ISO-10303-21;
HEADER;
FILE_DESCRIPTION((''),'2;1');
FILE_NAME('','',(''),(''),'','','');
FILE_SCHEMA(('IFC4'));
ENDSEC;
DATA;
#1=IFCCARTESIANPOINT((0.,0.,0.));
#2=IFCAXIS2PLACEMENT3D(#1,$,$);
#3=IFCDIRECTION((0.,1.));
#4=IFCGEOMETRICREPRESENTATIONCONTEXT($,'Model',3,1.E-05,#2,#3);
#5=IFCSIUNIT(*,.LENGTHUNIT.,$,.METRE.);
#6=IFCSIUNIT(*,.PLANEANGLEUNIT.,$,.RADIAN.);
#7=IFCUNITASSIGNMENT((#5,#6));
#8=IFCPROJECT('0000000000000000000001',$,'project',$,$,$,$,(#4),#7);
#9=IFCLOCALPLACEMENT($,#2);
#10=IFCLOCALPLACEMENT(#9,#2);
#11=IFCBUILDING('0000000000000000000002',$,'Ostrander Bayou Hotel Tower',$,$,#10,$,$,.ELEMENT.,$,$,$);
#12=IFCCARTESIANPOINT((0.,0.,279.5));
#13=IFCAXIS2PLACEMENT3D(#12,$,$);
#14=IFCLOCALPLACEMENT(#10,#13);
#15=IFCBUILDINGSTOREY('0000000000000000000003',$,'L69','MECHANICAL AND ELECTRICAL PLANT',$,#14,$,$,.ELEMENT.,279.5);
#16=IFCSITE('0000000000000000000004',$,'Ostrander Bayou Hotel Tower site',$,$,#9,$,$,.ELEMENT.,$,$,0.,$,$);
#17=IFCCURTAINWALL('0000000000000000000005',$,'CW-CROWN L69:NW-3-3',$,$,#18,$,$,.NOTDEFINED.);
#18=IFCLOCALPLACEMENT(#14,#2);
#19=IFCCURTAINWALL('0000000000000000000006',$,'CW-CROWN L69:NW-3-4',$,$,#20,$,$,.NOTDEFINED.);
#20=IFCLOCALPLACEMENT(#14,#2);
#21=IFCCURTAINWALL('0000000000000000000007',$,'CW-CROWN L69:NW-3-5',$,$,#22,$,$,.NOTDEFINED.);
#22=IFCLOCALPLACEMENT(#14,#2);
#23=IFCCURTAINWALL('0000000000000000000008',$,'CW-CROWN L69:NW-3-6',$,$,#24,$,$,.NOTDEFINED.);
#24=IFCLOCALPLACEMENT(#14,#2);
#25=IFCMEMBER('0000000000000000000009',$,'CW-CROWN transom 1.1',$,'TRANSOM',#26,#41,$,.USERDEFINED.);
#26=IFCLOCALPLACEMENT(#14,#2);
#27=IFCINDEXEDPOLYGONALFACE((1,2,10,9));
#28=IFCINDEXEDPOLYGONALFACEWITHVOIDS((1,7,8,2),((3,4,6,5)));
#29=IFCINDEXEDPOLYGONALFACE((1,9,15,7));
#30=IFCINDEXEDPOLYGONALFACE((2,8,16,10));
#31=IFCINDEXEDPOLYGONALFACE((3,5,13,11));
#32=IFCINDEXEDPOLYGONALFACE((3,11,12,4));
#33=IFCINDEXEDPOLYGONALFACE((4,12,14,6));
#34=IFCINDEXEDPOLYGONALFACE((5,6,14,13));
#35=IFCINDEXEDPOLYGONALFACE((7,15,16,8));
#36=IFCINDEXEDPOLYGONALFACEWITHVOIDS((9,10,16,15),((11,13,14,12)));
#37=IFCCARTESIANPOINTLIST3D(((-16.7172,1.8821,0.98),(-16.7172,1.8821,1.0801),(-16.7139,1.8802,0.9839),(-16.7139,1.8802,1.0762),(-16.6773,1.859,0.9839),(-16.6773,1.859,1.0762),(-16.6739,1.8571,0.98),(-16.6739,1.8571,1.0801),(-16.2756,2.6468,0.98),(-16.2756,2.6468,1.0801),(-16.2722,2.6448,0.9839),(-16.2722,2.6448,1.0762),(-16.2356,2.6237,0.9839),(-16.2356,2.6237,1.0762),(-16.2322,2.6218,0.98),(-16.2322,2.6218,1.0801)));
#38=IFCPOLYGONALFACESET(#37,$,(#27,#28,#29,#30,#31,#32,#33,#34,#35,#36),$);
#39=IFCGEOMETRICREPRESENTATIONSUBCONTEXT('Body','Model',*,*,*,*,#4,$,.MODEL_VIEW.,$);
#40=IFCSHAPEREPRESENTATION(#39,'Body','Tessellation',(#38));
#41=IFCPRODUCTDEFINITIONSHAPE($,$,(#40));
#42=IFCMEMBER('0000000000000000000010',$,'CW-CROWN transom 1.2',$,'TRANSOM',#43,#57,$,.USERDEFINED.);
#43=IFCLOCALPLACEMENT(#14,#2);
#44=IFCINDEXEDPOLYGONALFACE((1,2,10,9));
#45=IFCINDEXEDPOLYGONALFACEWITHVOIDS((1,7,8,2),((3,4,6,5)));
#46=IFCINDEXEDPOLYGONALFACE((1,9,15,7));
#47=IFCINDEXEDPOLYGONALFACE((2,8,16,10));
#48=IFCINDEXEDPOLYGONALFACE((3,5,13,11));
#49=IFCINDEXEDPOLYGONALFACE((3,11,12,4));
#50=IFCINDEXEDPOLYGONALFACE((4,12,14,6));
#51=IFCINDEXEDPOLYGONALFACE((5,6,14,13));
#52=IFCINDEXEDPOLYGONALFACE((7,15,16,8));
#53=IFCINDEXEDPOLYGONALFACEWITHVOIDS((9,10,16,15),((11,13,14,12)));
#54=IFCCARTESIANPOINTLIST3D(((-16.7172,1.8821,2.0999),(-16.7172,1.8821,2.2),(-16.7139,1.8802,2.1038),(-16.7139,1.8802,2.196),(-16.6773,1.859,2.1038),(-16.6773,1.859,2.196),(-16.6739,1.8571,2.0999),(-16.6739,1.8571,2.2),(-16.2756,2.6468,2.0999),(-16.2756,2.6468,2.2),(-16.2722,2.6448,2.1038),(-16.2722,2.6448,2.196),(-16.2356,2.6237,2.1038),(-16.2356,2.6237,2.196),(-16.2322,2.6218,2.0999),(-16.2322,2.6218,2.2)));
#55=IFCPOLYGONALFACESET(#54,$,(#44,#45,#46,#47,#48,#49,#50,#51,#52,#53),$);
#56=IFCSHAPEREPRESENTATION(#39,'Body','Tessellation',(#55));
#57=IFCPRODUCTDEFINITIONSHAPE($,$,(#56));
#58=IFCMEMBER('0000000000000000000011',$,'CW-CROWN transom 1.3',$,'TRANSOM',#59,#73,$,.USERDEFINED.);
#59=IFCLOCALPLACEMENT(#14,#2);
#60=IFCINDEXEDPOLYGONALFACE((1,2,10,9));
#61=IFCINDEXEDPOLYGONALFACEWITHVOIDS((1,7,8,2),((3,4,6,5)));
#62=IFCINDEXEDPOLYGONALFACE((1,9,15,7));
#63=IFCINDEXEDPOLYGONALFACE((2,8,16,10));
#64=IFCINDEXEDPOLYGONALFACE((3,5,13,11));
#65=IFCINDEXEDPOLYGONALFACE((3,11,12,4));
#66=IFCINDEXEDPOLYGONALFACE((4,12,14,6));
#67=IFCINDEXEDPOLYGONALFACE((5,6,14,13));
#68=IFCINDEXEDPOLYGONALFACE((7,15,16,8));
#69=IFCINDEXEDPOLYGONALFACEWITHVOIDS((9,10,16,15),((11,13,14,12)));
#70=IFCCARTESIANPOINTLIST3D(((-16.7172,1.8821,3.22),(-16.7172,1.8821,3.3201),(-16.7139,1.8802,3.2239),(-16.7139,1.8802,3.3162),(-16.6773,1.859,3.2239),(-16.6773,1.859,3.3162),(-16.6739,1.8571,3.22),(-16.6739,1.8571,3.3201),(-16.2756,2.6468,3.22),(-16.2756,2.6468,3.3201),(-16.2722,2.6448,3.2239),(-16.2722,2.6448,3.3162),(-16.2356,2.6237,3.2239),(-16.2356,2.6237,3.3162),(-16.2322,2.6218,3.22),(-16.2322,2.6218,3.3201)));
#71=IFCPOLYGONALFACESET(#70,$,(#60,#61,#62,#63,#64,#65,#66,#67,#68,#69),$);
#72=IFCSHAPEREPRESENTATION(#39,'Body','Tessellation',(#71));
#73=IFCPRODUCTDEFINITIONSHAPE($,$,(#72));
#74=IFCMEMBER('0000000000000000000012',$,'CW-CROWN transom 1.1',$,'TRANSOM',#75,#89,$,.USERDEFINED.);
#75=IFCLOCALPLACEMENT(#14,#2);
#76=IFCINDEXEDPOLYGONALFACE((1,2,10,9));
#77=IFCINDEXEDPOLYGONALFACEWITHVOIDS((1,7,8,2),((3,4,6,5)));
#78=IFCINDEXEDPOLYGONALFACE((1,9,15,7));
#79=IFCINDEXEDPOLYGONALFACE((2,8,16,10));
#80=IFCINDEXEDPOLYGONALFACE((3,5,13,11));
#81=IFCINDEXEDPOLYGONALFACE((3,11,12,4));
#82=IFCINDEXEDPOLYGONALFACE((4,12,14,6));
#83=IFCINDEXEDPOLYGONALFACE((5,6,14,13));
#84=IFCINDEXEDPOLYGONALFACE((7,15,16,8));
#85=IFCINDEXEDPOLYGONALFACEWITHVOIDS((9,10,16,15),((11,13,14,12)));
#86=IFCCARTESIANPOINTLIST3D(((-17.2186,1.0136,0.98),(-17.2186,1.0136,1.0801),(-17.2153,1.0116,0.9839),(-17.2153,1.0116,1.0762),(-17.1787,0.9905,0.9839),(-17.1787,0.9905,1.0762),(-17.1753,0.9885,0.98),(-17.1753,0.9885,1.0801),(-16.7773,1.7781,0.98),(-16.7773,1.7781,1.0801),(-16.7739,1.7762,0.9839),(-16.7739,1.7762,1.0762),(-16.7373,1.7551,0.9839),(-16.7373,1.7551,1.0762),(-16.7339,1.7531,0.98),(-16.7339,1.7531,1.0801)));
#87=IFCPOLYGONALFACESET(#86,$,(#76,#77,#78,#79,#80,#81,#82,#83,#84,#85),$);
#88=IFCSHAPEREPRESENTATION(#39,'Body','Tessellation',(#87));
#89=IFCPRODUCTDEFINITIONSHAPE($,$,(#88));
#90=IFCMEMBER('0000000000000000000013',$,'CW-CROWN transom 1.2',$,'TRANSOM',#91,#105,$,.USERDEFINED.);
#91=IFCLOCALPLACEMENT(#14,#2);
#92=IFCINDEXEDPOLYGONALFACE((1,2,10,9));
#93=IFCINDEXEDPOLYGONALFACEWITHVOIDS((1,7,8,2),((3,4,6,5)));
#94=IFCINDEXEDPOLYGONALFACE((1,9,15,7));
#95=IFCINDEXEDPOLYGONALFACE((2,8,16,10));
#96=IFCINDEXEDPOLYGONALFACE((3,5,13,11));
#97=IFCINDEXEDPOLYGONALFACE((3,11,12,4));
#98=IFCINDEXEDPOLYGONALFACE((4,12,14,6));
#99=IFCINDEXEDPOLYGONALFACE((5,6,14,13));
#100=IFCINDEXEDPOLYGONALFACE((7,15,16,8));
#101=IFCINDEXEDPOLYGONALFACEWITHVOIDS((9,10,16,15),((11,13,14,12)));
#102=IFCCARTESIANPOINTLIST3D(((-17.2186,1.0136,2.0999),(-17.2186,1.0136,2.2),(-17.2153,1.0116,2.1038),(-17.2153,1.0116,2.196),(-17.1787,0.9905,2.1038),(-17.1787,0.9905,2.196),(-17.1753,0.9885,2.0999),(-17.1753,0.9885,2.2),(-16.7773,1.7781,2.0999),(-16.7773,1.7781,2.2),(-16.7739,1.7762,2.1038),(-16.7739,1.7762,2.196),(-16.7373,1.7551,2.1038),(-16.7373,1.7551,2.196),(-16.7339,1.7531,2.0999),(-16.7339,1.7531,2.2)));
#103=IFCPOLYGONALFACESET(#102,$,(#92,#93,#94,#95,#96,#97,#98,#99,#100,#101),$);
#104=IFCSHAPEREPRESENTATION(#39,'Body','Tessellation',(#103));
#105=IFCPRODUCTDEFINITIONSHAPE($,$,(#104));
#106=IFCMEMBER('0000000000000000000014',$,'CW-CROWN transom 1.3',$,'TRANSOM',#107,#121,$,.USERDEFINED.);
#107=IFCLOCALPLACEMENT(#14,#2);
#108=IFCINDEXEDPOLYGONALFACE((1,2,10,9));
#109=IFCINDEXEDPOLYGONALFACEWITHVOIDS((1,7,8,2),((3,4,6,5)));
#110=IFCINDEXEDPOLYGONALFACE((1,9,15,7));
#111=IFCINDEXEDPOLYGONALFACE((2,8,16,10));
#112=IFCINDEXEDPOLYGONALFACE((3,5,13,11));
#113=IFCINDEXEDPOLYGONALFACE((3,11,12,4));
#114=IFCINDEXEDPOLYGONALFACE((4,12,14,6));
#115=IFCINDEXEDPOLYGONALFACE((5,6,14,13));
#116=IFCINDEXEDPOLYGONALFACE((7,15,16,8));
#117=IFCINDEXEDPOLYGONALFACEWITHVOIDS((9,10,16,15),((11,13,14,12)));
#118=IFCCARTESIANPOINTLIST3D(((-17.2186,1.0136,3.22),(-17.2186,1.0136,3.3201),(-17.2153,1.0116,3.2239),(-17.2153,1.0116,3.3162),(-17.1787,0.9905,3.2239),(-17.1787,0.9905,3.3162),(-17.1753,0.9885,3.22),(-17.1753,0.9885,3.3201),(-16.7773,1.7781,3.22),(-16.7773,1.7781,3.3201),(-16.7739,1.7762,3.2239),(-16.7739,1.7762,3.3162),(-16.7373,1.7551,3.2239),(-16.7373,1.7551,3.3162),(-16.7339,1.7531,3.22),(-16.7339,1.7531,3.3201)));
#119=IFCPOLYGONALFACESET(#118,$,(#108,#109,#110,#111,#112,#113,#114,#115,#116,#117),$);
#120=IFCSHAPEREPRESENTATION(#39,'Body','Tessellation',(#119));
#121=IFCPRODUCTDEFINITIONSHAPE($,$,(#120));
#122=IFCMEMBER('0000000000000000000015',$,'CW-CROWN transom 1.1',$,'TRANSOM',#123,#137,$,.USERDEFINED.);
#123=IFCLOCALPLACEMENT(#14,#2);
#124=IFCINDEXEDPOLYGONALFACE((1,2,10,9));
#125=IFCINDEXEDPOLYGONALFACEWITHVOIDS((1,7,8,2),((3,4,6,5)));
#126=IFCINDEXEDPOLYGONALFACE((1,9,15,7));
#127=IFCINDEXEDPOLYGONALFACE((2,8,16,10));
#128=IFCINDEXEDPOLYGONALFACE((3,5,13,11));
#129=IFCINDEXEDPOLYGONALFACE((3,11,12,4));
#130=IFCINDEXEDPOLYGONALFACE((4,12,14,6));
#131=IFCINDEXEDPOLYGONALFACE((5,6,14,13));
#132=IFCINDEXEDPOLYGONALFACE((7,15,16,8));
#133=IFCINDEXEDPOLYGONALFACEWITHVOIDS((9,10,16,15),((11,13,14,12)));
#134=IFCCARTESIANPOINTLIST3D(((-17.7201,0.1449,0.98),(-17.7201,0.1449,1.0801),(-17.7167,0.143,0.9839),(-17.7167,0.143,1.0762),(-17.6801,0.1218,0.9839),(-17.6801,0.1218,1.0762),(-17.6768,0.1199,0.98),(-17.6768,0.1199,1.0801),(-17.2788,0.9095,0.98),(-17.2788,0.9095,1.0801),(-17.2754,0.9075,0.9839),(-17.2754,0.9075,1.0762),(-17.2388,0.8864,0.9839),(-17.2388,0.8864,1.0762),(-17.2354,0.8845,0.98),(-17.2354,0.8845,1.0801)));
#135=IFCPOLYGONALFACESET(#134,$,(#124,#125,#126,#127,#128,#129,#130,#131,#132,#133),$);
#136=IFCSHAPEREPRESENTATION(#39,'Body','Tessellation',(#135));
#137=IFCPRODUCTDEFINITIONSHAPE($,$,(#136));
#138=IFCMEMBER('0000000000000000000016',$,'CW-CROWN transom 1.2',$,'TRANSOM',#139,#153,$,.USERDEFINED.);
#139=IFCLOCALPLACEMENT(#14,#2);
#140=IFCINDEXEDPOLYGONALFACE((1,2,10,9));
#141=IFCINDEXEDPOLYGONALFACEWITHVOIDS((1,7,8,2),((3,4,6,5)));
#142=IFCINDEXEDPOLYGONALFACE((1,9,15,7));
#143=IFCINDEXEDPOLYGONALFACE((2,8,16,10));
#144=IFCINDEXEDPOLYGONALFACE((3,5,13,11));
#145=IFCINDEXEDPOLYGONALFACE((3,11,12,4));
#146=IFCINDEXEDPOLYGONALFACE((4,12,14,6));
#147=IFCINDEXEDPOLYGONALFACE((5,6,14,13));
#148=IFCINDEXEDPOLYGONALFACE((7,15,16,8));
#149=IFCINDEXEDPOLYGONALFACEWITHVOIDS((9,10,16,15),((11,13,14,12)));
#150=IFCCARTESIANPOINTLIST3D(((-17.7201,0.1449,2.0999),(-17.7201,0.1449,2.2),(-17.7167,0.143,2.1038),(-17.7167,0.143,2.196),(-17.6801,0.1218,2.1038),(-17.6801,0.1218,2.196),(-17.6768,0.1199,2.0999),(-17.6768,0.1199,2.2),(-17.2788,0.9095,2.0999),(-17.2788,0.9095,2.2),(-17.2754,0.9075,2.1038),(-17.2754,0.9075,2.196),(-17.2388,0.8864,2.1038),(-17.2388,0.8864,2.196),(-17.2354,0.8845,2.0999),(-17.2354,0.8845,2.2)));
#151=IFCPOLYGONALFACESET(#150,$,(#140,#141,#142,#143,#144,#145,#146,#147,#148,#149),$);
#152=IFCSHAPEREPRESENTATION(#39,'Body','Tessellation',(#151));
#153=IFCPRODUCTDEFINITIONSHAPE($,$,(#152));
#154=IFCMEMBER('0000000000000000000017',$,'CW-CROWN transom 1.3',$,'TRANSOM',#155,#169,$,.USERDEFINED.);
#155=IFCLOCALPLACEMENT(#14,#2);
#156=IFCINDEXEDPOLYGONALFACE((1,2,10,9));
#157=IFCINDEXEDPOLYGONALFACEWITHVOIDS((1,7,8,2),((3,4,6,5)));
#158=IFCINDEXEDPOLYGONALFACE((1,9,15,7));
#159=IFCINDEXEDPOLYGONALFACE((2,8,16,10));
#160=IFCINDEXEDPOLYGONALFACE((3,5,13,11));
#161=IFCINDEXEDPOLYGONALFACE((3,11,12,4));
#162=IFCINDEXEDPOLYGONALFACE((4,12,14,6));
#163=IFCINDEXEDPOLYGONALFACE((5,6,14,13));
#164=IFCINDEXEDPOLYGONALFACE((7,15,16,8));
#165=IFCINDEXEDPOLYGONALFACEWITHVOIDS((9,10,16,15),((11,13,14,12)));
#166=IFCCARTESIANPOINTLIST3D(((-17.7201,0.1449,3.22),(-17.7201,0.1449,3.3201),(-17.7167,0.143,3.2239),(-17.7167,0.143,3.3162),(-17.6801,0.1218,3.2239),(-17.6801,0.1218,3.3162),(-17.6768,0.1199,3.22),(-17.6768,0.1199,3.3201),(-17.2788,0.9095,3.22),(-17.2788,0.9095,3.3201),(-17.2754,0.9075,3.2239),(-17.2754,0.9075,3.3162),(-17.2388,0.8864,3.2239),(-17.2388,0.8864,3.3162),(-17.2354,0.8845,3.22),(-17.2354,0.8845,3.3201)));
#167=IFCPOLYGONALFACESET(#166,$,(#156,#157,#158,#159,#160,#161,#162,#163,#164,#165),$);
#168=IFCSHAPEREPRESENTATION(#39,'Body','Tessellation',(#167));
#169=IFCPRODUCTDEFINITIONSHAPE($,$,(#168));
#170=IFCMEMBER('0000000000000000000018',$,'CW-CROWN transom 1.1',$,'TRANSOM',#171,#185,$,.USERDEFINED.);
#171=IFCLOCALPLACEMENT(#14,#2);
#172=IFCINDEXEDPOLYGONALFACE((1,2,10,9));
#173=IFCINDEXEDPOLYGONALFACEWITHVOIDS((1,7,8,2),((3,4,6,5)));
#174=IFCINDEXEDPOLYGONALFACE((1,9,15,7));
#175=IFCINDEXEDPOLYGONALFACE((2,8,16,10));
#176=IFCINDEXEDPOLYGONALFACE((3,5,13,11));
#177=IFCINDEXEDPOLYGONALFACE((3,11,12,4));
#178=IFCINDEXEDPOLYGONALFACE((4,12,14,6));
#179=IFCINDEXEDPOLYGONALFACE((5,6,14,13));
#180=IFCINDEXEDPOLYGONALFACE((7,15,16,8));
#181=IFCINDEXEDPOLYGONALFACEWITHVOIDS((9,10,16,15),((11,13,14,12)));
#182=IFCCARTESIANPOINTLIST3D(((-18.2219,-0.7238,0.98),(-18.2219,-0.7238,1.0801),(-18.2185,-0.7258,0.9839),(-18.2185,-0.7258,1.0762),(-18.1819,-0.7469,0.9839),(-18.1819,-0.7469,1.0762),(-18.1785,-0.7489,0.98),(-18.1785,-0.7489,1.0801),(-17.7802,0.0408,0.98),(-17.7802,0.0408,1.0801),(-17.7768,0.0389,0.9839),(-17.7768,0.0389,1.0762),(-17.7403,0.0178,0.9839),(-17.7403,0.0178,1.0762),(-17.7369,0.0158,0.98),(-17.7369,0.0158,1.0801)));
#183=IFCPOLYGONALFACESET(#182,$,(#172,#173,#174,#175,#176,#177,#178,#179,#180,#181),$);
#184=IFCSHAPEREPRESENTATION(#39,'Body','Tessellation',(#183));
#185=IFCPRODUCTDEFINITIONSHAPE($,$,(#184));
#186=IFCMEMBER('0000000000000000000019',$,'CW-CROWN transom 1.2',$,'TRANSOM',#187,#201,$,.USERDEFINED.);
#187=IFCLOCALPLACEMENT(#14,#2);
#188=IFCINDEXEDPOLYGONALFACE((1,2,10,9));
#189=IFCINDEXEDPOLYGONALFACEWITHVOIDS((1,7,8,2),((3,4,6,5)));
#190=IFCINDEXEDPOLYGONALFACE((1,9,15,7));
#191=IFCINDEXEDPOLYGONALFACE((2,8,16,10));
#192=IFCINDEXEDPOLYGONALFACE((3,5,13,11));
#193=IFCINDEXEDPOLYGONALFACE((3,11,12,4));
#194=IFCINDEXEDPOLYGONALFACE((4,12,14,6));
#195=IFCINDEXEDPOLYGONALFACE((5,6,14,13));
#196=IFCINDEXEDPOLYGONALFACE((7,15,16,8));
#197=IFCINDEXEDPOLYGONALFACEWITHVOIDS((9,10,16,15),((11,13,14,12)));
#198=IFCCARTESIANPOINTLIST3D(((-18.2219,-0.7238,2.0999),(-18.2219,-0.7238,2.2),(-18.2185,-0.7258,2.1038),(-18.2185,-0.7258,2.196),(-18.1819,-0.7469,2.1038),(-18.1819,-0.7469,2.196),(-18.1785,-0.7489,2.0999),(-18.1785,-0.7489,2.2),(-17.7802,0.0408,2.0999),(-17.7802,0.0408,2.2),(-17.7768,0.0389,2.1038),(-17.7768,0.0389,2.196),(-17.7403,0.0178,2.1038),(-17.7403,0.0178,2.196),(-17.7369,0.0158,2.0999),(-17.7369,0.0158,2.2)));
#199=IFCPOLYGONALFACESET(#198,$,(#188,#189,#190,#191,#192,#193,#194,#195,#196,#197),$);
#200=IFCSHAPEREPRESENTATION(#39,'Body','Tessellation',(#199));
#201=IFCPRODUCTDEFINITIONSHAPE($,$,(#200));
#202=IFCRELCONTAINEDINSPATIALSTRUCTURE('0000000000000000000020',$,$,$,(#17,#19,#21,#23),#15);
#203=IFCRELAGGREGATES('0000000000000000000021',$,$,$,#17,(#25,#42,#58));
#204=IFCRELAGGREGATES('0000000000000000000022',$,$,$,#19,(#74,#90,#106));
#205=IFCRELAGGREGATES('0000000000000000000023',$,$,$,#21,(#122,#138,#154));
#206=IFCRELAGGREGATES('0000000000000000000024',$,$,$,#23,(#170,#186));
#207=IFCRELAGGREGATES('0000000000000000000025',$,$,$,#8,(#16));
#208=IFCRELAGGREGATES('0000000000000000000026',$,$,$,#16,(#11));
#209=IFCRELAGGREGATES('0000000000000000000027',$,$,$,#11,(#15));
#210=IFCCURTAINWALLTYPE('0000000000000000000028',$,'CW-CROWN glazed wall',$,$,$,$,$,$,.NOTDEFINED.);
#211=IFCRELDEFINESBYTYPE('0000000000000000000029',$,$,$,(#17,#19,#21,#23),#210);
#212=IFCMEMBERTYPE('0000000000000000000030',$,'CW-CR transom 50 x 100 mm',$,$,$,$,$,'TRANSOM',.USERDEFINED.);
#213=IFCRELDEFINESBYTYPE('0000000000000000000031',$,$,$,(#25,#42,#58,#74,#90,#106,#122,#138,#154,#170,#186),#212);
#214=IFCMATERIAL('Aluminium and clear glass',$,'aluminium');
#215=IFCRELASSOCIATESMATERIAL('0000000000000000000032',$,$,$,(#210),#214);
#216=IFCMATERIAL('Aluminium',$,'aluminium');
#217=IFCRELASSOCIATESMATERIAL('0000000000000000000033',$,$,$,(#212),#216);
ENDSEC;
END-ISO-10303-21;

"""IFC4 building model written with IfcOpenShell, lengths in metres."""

from ifc_helpers import new_model, si_unit, direction, frame, origin, origin_2d, place, context, subcontext, project, spatial, hollow_rectangle, extrude, material, material_profile, profile_set, type_object, element, aggregate, save


model = new_model("IFC4")

# Units and contexts
model_context = context("Model", 3, precision=1e-05, world=origin(), true_north=direction((0.0, 1.0)))
body_context = subcontext(model_context, "Body", "Model", "MODEL_VIEW")
ifc_project = project(units=[si_unit("LENGTHUNIT", "METRE"), si_unit("PLANEANGLEUNIT", "RADIAN")], contexts=[model_context])

# Site, building, storey
site_placement = place(None, origin())
site = spatial("IfcSite", under=ifc_project, at=site_placement, Name="Ostrander Bayou Hotel Tower site", CompositionType="ELEMENT", RefElevation=0.0)
building_placement = place(site_placement, origin())
building = spatial("IfcBuilding", under=site, at=building_placement, Name="Ostrander Bayou Hotel Tower", CompositionType="ELEMENT")
storey_placement = place(building_placement, frame((0.0, 0.0, 279.5)))
storey = spatial("IfcBuildingStorey", under=building, at=storey_placement, Name="L69", Description="MECHANICAL AND ELECTRICAL PLANT", CompositionType="ELEMENT", Elevation=279.5)

# Curtain walls
ifc_material_1 = material(Name="Aluminium and clear glass", Category="aluminium")
curtain_wall_type = type_object("IfcCurtainWallType", Name="CW-CROWN glazed wall", PredefinedType="NOTDEFINED", material=ifc_material_1)
curtain_wall_1_placement = place(storey_placement, origin())
curtain_wall_1 = element("IfcCurtainWall", 1, at=curtain_wall_1_placement, inside=storey, type_object=curtain_wall_type, Name="CW-CROWN L69:NW-3-3", PredefinedType="NOTDEFINED")
curtain_wall_2_placement = place(storey_placement, origin())
curtain_wall_2 = element("IfcCurtainWall", 2, at=curtain_wall_2_placement, inside=storey, type_object=curtain_wall_type, Name="CW-CROWN L69:NW-3-4", PredefinedType="NOTDEFINED")
curtain_wall_3_placement = place(storey_placement, origin())
curtain_wall_3 = element("IfcCurtainWall", 3, at=curtain_wall_3_placement, inside=storey, type_object=curtain_wall_type, Name="CW-CROWN L69:NW-3-5", PredefinedType="NOTDEFINED")
curtain_wall_4_placement = place(storey_placement, origin())
curtain_wall_4 = element("IfcCurtainWall", 4, at=curtain_wall_4_placement, inside=storey, type_object=curtain_wall_type, Name="CW-CROWN L69:NW-3-6", PredefinedType="NOTDEFINED")

# Members
ifc_material_2 = material(Name="Aluminium", Category="aluminium")
ifc_material_profile_1 = material_profile(ifc_material_2, hollow_rectangle(XDim=0.05, YDim=0.1001, WallThickness=0.0039, at=origin_2d()))
ifc_profile_set_1 = profile_set([ifc_material_profile_1], Name="Aluminium")
member_type_1 = type_object("IfcMemberType", Name="CW-CR transom 50 x 100 mm", ElementType="TRANSOM", PredefinedType="USERDEFINED", material=ifc_profile_set_1)
member_1_placement = place(storey_placement, frame((-16.2539, 2.6343, 1.03), z_axis=(-0.500153, -0.865937, 0.0), x_axis=(0.865937, -0.500153, 0.0)))
member_1 = element("IfcMember", 5, at=member_1_placement, type_object=member_type_1, Name="CW-CROWN transom 1.1", ObjectType="TRANSOM", PredefinedType="USERDEFINED", context=body_context, shape_type="SweptSolid", body=[
    extrude(hollow_rectangle(XDim=0.05, YDim=0.1001, WallThickness=0.0039, at=origin_2d()), origin(), (0.0, 0.0, 1.0), 0.8831),
])
member_2_placement = place(storey_placement, frame((-16.2539, 2.6343, 2.1499), z_axis=(-0.500153, -0.865937, 0.0), x_axis=(0.865937, -0.500153, 0.0)))
member_2 = element("IfcMember", 6, at=member_2_placement, type_object=member_type_1, Name="CW-CROWN transom 1.2", ObjectType="TRANSOM", PredefinedType="USERDEFINED", context=body_context, shape_type="SweptSolid", body=[
    extrude(hollow_rectangle(XDim=0.05, YDim=0.1001, WallThickness=0.0039, at=origin_2d()), origin(), (0.0, 0.0, 1.0), 0.8831),
])
member_3_placement = place(storey_placement, frame((-16.2539, 2.6343, 3.27), z_axis=(-0.500153, -0.865937, 0.0), x_axis=(0.865937, -0.500153, 0.0)))
member_3 = element("IfcMember", 7, at=member_3_placement, type_object=member_type_1, Name="CW-CROWN transom 1.3", ObjectType="TRANSOM", PredefinedType="USERDEFINED", context=body_context, shape_type="SweptSolid", body=[
    extrude(hollow_rectangle(XDim=0.05, YDim=0.1001, WallThickness=0.0039, at=origin_2d()), origin(), (0.0, 0.0, 1.0), 0.8831),
])
member_4_placement = place(storey_placement, frame((-16.7556, 1.7656, 1.03), z_axis=(-0.499946, -0.866057, 0.0), x_axis=(0.866057, -0.499946, 0.0)))
member_4 = element("IfcMember", 8, at=member_4_placement, type_object=member_type_1, Name="CW-CROWN transom 1.1", ObjectType="TRANSOM", PredefinedType="USERDEFINED", context=body_context, shape_type="SweptSolid", body=[
    extrude(hollow_rectangle(XDim=0.05, YDim=0.1001, WallThickness=0.0039, at=origin_2d()), origin(), (0.0, 0.0, 1.0), 0.8828),
])
member_5_placement = place(storey_placement, frame((-16.7556, 1.7656, 2.1499), z_axis=(-0.499946, -0.866057, 0.0), x_axis=(0.866057, -0.499946, 0.0)))
member_5 = element("IfcMember", 9, at=member_5_placement, type_object=member_type_1, Name="CW-CROWN transom 1.2", ObjectType="TRANSOM", PredefinedType="USERDEFINED", context=body_context, shape_type="SweptSolid", body=[
    extrude(hollow_rectangle(XDim=0.05, YDim=0.1001, WallThickness=0.0039, at=origin_2d()), origin(), (0.0, 0.0, 1.0), 0.8828),
])
member_6_placement = place(storey_placement, frame((-16.7556, 1.7656, 3.27), z_axis=(-0.499946, -0.866057, 0.0), x_axis=(0.866057, -0.499946, 0.0)))
member_6 = element("IfcMember", 10, at=member_6_placement, type_object=member_type_1, Name="CW-CROWN transom 1.3", ObjectType="TRANSOM", PredefinedType="USERDEFINED", context=body_context, shape_type="SweptSolid", body=[
    extrude(hollow_rectangle(XDim=0.05, YDim=0.1001, WallThickness=0.0039, at=origin_2d()), origin(), (0.0, 0.0, 1.0), 0.8828),
])
member_7_placement = place(storey_placement, frame((-17.2571, 0.897, 1.03), z_axis=(-0.499946, -0.866057, 0.0), x_axis=(0.866057, -0.499946, 0.0)))
member_7 = element("IfcMember", 11, at=member_7_placement, type_object=member_type_1, Name="CW-CROWN transom 1.1", ObjectType="TRANSOM", PredefinedType="USERDEFINED", context=body_context, shape_type="SweptSolid", body=[
    extrude(hollow_rectangle(XDim=0.05, YDim=0.1001, WallThickness=0.0039, at=origin_2d()), origin(), (0.0, 0.0, 1.0), 0.8828),
])
member_8_placement = place(storey_placement, frame((-17.2571, 0.897, 2.1499), z_axis=(-0.499946, -0.866057, 0.0), x_axis=(0.866057, -0.499946, 0.0)))
member_8 = element("IfcMember", 12, at=member_8_placement, type_object=member_type_1, Name="CW-CROWN transom 1.2", ObjectType="TRANSOM", PredefinedType="USERDEFINED", context=body_context, shape_type="SweptSolid", body=[
    extrude(hollow_rectangle(XDim=0.05, YDim=0.1001, WallThickness=0.0039, at=origin_2d()), origin(), (0.0, 0.0, 1.0), 0.8828),
])
member_9_placement = place(storey_placement, frame((-17.2571, 0.897, 3.27), z_axis=(-0.499946, -0.866057, 0.0), x_axis=(0.866057, -0.499946, 0.0)))
member_9 = element("IfcMember", 13, at=member_9_placement, type_object=member_type_1, Name="CW-CROWN transom 1.3", ObjectType="TRANSOM", PredefinedType="USERDEFINED", context=body_context, shape_type="SweptSolid", body=[
    extrude(hollow_rectangle(XDim=0.05, YDim=0.1001, WallThickness=0.0039, at=origin_2d()), origin(), (0.0, 0.0, 1.0), 0.8828),
])
member_10_placement = place(storey_placement, frame((-17.7585, 0.0283, 1.03), z_axis=(-0.500153, -0.865937, 0.0), x_axis=(0.865937, -0.500153, 0.0)))
member_10 = element("IfcMember", 14, at=member_10_placement, type_object=member_type_1, Name="CW-CROWN transom 1.1", ObjectType="TRANSOM", PredefinedType="USERDEFINED", context=body_context, shape_type="SweptSolid", body=[
    extrude(hollow_rectangle(XDim=0.05, YDim=0.1001, WallThickness=0.0039, at=origin_2d()), origin(), (0.0, 0.0, 1.0), 0.8831),
])
member_11_placement = place(storey_placement, frame((-17.7585, 0.0283, 2.1499), z_axis=(-0.500153, -0.865937, 0.0), x_axis=(0.865937, -0.500153, 0.0)))
member_11 = element("IfcMember", 15, at=member_11_placement, type_object=member_type_1, Name="CW-CROWN transom 1.2", ObjectType="TRANSOM", PredefinedType="USERDEFINED", context=body_context, shape_type="SweptSolid", body=[
    extrude(hollow_rectangle(XDim=0.05, YDim=0.1001, WallThickness=0.0039, at=origin_2d()), origin(), (0.0, 0.0, 1.0), 0.8831),
])

aggregate(curtain_wall_1, [member_1, member_2, member_3])
aggregate(curtain_wall_2, [member_4, member_5, member_6])
aggregate(curtain_wall_3, [member_7, member_8, member_9])
aggregate(curtain_wall_4, [member_10, member_11])

save(model, "model.ifc")
